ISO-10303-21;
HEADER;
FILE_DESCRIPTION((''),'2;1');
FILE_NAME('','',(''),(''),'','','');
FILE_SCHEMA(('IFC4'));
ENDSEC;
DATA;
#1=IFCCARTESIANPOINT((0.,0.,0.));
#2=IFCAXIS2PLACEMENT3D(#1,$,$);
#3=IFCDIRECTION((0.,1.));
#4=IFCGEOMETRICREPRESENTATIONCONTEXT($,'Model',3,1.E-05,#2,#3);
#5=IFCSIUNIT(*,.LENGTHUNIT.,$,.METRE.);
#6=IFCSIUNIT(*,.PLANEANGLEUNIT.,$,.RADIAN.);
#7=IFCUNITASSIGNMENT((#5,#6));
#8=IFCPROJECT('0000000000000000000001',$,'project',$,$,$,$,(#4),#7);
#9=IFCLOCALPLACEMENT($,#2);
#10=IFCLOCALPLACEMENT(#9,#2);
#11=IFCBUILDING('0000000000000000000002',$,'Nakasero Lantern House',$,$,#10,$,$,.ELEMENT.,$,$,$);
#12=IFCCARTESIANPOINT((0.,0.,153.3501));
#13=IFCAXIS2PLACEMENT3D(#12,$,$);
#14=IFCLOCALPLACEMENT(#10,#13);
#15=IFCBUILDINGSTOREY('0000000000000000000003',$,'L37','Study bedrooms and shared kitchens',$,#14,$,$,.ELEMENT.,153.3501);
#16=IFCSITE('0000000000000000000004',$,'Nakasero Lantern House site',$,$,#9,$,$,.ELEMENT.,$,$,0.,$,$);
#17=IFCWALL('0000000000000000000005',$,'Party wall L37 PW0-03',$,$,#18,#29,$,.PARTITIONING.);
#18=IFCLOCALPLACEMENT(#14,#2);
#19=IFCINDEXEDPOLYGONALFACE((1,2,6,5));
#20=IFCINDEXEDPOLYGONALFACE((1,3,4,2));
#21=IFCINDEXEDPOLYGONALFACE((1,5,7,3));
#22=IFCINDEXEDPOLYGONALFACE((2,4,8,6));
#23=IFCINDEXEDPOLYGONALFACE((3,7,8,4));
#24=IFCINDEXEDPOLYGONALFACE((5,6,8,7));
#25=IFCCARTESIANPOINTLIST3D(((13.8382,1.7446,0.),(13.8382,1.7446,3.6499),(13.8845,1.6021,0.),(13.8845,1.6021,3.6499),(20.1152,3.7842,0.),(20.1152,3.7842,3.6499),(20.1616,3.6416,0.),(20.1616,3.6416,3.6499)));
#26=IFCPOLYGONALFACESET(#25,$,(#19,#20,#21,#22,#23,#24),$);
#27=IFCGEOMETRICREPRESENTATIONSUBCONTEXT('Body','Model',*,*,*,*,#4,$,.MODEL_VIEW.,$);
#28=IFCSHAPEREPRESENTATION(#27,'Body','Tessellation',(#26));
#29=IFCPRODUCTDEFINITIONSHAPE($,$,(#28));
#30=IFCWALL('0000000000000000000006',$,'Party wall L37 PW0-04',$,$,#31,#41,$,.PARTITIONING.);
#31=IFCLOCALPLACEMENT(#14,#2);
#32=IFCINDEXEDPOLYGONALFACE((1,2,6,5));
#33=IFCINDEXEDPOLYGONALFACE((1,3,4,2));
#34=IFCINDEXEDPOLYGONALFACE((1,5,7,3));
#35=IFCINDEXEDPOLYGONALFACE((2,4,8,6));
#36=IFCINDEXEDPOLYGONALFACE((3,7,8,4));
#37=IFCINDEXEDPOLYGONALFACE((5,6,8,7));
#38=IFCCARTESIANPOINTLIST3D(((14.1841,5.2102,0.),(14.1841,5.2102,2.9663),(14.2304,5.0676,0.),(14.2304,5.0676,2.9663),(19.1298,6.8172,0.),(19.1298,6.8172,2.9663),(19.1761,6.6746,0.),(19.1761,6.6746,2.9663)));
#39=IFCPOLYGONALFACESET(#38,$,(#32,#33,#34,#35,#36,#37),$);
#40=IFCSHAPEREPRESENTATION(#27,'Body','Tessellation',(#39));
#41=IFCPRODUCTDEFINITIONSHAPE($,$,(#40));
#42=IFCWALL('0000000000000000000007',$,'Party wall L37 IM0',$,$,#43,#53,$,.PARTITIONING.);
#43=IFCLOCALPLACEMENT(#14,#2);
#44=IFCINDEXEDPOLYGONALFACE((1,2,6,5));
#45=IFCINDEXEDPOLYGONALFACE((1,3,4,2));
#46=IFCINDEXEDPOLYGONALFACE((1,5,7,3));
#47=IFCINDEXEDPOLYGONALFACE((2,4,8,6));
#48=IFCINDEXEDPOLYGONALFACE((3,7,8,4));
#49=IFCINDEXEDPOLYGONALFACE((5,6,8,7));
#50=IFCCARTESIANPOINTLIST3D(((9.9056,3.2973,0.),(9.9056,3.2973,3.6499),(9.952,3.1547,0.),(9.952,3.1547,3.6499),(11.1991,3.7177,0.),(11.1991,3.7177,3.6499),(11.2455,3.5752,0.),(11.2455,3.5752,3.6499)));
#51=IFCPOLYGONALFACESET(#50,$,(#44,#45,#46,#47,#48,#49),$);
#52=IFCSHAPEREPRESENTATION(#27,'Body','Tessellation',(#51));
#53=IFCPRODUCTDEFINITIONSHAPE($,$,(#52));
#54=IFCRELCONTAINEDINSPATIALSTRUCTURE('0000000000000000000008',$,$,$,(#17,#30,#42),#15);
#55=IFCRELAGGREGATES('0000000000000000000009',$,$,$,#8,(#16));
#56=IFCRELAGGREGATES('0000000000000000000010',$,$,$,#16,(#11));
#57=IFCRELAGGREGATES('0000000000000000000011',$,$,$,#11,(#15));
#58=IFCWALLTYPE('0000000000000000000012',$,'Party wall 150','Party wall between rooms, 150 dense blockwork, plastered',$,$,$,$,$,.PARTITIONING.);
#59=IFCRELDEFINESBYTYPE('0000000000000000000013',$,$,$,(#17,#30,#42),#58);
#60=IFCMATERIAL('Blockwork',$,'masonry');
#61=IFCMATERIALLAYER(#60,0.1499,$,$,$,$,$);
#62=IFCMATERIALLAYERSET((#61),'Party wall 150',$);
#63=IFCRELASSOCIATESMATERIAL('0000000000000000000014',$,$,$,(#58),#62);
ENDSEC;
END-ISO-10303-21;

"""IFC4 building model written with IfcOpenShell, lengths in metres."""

from ifc_helpers import new_model, si_unit, direction, frame, frame_2d, origin, place, context, subcontext, project, spatial, rectangle, extrude, material, layer, layer_set, type_object, element, save


model = new_model("IFC4")

# Units and contexts
model_context = context("Model", 3, precision=1e-05, world=origin(), true_north=direction((0.0, 1.0)))
body_context = subcontext(model_context, "Body", "Model", "MODEL_VIEW")
ifc_project = project(units=[si_unit("LENGTHUNIT", "METRE"), si_unit("PLANEANGLEUNIT", "RADIAN")], contexts=[model_context])

# Site, building, storey
site_placement = place(None, origin())
site = spatial("IfcSite", under=ifc_project, at=site_placement, Name="Nakasero Lantern House site", CompositionType="ELEMENT", RefElevation=0.0)
building_placement = place(site_placement, origin())
building = spatial("IfcBuilding", under=site, at=building_placement, Name="Nakasero Lantern House", CompositionType="ELEMENT")
storey_placement = place(building_placement, frame((0.0, 0.0, 153.3501)))
storey = spatial("IfcBuildingStorey", under=building, at=storey_placement, Name="L37", Description="Study bedrooms and shared kitchens", CompositionType="ELEMENT", Elevation=153.3501)

# Walls
ifc_material_1 = material(Name="Blockwork", Category="masonry")
ifc_layer_1 = layer(ifc_material_1, 0.1499)
ifc_layer_set_1 = layer_set([ifc_layer_1], Name="Party wall 150")
wall_type_1 = type_object("IfcWallType", Name="Party wall 150", Description="Party wall between rooms, 150 dense blockwork, plastered", PredefinedType="PARTITIONING", material=ifc_layer_set_1)
wall_1_placement = place(storey_placement, frame((13.8613, 1.6733, 0.0), z_axis=(0.0, 0.0, 1.0), x_axis=(0.951057, 0.309017, 0.0)))
element("IfcWall", 1, at=wall_1_placement, inside=storey, type_object=wall_type_1, Name="Party wall L37 PW0-03", PredefinedType="PARTITIONING", context=body_context, shape_type="SweptSolid", body=[
    extrude(rectangle(XDim=6.6001, YDim=0.1499, at=frame_2d((3.3, 0.0))), origin(), (0.0, 0.0, 1.0), 3.6499),
])
wall_2_placement = place(storey_placement, frame((14.2073, 5.1389, 0.0), z_axis=(0.0, 0.0, 1.0), x_axis=(0.951055, 0.309021, 0.0)))
element("IfcWall", 2, at=wall_2_placement, inside=storey, type_object=wall_type_1, Name="Party wall L37 PW0-04", PredefinedType="PARTITIONING", context=body_context, shape_type="SweptSolid", body=[
    extrude(rectangle(XDim=5.2002, YDim=0.1499, at=frame_2d((2.6001, 0.0))), origin(), (0.0, 0.0, 1.0), 2.9663),
])
wall_3_placement = place(storey_placement, frame((11.2224, 3.6465, 0.0), z_axis=(0.0, 0.0, 1.0), x_axis=(-0.951026, -0.30911, 0.0)))
element("IfcWall", 3, at=wall_3_placement, inside=storey, type_object=wall_type_1, Name="Party wall L37 IM0", PredefinedType="PARTITIONING", context=body_context, shape_type="SweptSolid", body=[
    extrude(rectangle(XDim=1.3601, YDim=0.1499, at=frame_2d((0.6802, 0.0))), origin(), (0.0, 0.0, 1.0), 3.6499),
])

save(model, "model.ifc")
